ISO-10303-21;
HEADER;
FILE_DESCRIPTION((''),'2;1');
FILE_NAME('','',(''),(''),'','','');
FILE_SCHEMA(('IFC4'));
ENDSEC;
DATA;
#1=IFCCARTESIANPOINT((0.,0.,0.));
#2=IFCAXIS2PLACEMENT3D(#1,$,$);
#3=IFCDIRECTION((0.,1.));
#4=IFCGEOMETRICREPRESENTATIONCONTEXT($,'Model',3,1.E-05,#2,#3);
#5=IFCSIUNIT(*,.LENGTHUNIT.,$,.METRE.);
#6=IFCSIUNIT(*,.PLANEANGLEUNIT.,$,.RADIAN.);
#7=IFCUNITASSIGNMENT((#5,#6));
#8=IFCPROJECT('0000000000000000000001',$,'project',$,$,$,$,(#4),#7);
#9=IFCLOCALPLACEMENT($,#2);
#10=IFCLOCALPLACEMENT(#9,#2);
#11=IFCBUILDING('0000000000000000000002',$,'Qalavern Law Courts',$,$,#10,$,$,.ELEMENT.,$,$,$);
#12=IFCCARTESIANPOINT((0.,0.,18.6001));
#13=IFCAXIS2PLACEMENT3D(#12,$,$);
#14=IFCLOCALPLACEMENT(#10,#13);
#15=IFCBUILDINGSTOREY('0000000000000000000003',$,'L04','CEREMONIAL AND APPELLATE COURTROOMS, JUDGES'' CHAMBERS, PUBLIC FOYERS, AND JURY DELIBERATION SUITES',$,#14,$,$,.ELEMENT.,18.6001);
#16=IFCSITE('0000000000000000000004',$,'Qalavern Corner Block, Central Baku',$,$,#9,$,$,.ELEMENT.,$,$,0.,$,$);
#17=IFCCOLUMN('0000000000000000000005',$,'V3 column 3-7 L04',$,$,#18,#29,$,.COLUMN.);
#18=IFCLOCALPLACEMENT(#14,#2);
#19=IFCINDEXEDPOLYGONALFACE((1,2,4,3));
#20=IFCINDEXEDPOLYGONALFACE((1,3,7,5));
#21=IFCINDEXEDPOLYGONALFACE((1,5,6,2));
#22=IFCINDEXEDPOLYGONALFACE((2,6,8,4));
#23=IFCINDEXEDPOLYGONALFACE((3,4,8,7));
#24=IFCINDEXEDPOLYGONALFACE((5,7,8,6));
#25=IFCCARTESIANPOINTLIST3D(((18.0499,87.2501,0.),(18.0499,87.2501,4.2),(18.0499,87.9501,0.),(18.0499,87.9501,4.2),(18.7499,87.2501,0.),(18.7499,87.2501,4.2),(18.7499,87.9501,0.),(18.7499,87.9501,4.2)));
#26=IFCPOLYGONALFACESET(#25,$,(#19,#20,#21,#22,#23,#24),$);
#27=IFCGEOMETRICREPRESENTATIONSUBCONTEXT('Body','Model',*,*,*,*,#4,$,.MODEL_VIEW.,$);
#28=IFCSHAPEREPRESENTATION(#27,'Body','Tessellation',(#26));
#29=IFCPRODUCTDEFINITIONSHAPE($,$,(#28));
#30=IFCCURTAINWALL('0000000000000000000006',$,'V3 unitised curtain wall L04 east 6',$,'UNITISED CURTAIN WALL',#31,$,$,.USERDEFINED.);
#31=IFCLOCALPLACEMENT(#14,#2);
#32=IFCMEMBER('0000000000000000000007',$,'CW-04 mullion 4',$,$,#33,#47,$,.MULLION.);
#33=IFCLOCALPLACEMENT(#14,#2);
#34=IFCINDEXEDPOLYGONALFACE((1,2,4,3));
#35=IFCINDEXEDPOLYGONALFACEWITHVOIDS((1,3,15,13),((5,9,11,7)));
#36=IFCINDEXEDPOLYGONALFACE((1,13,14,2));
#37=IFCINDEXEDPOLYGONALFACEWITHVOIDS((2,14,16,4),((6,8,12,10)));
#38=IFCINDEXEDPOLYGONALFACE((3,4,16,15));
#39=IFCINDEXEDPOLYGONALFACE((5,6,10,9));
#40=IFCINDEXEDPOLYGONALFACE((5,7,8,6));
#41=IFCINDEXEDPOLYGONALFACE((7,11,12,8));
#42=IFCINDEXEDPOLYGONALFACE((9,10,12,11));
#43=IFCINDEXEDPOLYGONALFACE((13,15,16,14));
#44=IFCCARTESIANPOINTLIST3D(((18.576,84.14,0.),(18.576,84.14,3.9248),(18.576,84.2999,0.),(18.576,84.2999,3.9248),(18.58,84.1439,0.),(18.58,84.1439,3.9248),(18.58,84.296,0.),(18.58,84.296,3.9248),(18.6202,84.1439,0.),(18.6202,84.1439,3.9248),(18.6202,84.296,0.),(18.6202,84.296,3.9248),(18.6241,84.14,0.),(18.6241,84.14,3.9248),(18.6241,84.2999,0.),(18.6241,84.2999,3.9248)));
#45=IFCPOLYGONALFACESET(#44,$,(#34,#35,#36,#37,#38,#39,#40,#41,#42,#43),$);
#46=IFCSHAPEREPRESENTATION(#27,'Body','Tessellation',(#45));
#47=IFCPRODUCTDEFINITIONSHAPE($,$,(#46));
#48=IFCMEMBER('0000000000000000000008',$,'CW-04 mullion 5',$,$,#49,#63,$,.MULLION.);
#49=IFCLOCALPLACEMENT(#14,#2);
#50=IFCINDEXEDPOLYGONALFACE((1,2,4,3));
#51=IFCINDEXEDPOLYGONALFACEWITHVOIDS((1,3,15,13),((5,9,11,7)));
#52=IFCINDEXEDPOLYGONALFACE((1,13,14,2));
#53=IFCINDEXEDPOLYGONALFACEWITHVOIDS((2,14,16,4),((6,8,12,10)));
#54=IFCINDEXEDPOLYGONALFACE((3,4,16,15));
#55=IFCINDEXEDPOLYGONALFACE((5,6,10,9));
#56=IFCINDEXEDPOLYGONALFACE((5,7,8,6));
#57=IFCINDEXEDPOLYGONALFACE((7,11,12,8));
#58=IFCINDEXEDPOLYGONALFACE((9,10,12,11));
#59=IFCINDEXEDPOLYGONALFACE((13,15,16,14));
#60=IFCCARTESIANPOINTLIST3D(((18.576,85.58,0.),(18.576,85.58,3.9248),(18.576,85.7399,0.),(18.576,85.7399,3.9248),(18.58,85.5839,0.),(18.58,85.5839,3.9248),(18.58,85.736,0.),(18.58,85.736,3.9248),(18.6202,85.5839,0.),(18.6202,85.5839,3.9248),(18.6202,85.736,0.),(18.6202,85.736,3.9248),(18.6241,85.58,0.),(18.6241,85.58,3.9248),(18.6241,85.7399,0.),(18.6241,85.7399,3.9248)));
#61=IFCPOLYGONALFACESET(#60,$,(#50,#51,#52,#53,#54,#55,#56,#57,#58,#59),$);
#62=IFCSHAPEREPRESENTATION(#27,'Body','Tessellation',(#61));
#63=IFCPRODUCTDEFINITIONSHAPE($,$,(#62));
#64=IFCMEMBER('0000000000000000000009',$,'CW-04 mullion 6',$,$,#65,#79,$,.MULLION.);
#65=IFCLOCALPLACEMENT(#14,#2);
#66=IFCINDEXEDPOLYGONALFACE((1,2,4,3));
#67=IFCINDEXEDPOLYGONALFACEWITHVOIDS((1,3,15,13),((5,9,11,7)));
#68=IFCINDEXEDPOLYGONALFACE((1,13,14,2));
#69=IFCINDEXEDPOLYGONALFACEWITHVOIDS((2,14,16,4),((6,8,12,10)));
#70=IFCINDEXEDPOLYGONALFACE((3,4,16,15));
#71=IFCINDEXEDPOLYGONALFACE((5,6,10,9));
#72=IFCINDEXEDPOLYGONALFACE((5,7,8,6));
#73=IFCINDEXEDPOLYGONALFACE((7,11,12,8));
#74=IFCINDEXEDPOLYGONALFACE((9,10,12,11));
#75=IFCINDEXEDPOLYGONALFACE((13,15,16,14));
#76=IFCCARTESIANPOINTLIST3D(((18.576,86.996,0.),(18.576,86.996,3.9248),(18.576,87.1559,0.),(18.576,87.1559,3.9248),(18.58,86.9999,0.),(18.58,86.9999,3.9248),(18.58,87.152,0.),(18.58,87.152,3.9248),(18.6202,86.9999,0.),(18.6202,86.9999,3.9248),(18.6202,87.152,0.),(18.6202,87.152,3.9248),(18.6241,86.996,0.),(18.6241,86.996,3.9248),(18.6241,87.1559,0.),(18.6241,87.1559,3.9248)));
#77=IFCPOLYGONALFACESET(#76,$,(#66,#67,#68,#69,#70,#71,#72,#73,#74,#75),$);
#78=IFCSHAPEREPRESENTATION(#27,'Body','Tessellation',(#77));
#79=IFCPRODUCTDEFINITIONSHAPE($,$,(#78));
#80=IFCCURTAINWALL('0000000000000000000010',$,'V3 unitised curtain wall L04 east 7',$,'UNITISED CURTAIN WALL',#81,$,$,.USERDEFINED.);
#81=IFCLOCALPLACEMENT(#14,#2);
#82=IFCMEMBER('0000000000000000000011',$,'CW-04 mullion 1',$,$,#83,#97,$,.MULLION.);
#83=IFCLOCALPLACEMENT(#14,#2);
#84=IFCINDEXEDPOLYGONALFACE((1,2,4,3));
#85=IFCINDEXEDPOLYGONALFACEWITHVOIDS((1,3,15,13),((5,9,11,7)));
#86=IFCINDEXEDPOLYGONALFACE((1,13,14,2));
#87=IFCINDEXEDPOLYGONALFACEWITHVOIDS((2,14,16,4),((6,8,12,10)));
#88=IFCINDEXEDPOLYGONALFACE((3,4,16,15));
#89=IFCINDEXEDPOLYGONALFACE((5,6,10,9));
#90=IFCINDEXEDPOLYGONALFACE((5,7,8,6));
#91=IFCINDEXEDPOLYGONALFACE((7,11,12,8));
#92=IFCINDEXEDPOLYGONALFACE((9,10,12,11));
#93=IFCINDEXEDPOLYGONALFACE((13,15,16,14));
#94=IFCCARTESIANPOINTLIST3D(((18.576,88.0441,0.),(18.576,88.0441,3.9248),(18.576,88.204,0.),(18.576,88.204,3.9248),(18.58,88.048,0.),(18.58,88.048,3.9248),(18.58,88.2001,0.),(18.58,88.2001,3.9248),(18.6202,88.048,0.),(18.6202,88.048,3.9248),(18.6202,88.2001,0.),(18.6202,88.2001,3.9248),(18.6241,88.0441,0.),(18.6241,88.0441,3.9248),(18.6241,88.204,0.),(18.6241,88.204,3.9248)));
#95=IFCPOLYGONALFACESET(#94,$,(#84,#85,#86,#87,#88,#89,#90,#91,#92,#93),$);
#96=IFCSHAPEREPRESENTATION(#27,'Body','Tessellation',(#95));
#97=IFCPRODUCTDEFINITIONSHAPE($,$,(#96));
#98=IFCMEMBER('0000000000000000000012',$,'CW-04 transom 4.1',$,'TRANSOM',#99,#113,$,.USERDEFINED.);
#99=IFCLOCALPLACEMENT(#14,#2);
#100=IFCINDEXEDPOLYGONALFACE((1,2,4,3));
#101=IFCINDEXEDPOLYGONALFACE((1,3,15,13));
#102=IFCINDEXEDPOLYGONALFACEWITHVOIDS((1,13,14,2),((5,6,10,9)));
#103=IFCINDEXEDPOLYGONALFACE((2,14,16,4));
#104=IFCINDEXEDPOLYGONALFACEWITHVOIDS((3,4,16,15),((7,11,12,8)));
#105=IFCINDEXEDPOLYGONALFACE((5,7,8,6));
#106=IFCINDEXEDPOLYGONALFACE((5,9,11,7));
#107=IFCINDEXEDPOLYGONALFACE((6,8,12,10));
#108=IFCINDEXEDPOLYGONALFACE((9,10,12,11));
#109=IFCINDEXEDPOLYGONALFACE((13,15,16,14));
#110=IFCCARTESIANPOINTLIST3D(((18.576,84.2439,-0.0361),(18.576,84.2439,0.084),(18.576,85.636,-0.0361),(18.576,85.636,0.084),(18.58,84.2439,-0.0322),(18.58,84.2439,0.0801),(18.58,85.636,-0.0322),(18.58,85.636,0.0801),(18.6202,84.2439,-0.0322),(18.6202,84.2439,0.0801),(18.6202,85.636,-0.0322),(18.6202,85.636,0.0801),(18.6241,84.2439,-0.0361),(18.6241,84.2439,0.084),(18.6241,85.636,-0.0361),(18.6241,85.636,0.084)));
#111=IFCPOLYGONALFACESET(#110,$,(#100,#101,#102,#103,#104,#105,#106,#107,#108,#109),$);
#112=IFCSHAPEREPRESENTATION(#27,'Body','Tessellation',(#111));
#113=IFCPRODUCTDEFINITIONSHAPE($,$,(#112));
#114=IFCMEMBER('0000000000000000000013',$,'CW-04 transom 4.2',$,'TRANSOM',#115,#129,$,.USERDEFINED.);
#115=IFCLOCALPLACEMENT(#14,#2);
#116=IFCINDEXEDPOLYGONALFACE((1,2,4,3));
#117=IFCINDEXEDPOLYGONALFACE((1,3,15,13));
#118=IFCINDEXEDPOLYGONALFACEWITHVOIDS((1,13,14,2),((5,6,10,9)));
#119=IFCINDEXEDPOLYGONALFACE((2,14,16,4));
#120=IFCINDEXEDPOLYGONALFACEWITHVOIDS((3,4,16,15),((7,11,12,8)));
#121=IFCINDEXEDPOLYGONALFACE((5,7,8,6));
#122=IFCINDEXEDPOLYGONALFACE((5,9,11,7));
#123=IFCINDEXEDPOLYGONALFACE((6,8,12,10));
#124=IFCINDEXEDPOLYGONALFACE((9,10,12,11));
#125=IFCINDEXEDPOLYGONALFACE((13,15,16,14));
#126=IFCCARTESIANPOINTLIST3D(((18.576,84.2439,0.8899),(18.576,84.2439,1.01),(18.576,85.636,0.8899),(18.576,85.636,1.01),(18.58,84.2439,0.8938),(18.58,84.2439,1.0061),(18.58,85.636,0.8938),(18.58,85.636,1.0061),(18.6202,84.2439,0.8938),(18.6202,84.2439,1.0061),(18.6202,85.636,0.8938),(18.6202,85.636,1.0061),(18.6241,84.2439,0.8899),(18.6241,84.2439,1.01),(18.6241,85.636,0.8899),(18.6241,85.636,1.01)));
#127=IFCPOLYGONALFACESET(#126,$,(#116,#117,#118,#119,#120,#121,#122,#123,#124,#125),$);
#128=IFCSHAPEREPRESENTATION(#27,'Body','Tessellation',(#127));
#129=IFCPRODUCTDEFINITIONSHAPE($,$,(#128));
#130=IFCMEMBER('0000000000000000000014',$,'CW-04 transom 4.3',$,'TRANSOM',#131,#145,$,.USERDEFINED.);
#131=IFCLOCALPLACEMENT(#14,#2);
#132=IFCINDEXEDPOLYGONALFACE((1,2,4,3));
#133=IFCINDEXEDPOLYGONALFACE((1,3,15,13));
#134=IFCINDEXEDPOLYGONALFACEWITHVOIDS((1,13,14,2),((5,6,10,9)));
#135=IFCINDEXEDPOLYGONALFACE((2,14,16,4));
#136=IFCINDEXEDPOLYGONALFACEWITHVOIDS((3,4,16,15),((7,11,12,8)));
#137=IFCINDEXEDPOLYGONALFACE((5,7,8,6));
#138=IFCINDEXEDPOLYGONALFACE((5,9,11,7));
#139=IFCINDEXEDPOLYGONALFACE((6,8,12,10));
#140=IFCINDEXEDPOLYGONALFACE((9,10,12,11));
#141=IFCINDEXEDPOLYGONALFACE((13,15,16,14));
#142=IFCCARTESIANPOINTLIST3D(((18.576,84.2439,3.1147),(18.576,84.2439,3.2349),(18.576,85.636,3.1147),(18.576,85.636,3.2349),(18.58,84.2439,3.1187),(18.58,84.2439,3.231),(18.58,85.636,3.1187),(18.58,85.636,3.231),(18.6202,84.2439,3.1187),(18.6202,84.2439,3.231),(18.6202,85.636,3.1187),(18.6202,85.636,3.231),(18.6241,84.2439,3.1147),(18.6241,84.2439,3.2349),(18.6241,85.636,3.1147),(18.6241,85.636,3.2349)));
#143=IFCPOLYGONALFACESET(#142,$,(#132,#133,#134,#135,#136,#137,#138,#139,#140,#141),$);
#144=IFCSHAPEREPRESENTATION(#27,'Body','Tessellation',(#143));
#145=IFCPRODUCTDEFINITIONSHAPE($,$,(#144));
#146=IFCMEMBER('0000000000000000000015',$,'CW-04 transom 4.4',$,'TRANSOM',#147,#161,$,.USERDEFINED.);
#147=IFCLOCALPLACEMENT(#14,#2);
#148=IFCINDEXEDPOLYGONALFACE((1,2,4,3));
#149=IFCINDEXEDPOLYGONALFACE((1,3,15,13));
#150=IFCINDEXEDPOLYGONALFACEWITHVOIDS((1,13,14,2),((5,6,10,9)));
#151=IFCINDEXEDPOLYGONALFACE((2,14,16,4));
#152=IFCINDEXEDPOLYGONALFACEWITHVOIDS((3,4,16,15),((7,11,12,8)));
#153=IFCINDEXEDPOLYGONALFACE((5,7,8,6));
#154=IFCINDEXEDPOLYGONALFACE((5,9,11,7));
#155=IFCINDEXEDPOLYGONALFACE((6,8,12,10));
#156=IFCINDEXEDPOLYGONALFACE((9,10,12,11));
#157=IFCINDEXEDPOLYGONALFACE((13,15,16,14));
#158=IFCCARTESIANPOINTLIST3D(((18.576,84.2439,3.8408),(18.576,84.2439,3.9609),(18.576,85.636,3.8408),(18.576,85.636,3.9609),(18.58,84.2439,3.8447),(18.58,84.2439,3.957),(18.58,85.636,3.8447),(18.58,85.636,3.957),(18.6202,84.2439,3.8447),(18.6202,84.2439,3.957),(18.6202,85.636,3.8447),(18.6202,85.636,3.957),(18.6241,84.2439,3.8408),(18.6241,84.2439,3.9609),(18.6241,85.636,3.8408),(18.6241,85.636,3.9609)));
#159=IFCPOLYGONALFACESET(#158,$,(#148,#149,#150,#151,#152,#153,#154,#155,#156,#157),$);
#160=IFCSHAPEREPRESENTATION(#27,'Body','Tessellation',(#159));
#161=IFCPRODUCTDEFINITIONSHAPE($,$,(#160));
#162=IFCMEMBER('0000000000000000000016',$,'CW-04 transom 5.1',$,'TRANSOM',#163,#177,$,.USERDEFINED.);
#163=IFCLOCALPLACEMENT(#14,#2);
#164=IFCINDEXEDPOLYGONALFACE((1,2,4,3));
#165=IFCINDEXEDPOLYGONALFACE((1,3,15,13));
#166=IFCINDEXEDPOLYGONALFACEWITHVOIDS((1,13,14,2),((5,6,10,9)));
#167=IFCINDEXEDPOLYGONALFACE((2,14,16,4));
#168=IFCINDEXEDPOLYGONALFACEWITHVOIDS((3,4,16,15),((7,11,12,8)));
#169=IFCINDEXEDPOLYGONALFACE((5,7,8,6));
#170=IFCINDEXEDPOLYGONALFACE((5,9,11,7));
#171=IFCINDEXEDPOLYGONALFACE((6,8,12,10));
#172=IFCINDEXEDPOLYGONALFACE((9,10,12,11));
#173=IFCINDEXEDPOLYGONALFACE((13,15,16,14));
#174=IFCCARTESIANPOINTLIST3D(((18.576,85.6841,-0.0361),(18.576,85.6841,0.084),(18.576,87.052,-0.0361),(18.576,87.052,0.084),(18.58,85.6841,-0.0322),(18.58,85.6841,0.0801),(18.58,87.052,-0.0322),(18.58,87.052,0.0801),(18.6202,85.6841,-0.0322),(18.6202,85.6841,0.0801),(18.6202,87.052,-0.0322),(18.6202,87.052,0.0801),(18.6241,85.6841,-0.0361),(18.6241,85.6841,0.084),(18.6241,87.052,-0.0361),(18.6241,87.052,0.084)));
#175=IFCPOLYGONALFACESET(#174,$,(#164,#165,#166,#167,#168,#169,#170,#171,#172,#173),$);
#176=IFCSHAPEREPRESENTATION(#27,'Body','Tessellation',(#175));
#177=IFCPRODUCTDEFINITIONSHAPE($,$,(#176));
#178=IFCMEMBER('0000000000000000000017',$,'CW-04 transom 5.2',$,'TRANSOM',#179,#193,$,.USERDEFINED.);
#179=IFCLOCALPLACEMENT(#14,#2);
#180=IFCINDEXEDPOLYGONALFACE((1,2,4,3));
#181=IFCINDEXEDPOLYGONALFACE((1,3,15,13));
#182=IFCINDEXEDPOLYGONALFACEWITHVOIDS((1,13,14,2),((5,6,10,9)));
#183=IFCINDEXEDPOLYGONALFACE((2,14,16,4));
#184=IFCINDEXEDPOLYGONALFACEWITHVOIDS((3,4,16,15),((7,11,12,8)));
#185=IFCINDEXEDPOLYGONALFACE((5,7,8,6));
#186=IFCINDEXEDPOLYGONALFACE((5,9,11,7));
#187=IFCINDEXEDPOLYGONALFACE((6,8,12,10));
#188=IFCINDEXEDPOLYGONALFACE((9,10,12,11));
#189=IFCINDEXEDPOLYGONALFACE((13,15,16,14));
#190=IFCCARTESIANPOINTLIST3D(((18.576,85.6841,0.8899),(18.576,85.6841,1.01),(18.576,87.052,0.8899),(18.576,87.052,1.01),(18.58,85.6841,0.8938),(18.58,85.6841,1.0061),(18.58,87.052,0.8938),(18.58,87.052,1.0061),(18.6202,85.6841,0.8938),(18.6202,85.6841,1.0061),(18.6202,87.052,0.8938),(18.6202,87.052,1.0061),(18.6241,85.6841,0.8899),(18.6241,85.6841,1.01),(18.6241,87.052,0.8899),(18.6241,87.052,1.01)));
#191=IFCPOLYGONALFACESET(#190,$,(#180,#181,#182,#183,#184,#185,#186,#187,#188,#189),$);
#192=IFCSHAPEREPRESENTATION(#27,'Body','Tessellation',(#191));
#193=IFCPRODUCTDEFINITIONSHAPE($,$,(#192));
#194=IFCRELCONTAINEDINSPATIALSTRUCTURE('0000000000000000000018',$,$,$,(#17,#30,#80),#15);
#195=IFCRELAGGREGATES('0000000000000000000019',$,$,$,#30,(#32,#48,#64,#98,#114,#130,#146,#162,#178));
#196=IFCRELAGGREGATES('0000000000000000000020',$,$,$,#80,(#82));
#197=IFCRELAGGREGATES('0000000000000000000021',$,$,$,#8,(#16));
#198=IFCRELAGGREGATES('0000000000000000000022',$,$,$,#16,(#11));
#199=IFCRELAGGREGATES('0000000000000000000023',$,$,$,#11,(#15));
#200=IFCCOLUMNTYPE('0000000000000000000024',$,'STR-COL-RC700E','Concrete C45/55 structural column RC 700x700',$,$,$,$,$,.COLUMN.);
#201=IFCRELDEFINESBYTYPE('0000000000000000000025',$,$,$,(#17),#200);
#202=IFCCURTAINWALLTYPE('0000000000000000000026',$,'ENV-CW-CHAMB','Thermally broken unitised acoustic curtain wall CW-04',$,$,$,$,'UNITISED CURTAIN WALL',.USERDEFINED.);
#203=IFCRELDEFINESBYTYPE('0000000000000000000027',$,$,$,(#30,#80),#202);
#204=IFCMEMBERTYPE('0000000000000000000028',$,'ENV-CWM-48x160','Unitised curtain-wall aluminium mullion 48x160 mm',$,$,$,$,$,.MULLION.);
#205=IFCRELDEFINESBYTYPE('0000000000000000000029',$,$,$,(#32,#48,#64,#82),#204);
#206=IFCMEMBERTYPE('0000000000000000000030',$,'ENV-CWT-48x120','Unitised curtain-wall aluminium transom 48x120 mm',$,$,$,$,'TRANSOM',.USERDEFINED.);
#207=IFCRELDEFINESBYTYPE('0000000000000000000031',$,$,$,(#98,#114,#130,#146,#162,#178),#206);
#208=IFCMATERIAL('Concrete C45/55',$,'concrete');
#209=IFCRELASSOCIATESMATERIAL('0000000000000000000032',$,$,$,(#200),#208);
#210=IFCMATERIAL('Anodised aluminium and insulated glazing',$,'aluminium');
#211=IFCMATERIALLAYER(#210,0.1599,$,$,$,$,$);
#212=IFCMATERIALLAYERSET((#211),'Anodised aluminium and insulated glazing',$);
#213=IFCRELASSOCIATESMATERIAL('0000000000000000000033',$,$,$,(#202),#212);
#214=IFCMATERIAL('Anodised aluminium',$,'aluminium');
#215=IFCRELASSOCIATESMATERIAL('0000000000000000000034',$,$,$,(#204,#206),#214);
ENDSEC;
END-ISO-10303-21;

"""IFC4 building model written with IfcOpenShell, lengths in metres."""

from ifc_helpers import new_model, si_unit, direction, frame, origin, origin_2d, place, context, subcontext, project, spatial, rectangle, hollow_rectangle, extrude, material, layer, layer_set, material_profile, profile_set, type_object, element, aggregate, save


model = new_model("IFC4")

# Units and contexts
model_context = context("Model", 3, precision=1e-05, world=origin(), true_north=direction((0.0, 1.0)))
body_context = subcontext(model_context, "Body", "Model", "MODEL_VIEW")
ifc_project = project(units=[si_unit("LENGTHUNIT", "METRE"), si_unit("PLANEANGLEUNIT", "RADIAN")], contexts=[model_context])

# Site, building, storey
site_placement = place(None, origin())
site = spatial("IfcSite", under=ifc_project, at=site_placement, Name="Qalavern Corner Block, Central Baku", CompositionType="ELEMENT", RefElevation=0.0)
building_placement = place(site_placement, origin())
building = spatial("IfcBuilding", under=site, at=building_placement, Name="Qalavern Law Courts", CompositionType="ELEMENT")
storey_placement = place(building_placement, frame((0.0, 0.0, 18.6001)))
storey = spatial("IfcBuildingStorey", under=building, at=storey_placement, Name="L04", Description="CEREMONIAL AND APPELLATE COURTROOMS, JUDGES' CHAMBERS, PUBLIC FOYERS, AND JURY DELIBERATION SUITES", CompositionType="ELEMENT", Elevation=18.6001)

# Column
ifc_material_1 = material(Name="Concrete C45/55", Category="concrete")
ifc_material_profile_1 = material_profile(ifc_material_1, rectangle(XDim=0.7, YDim=0.7, at=origin_2d()), Name="RC 700x700")
ifc_profile_set_1 = profile_set([ifc_material_profile_1], Name="Concrete C45/55")
column_type = type_object("IfcColumnType", Name="STR-COL-RC700E", Description="Concrete C45/55 structural column RC 700x700", PredefinedType="COLUMN", material=ifc_profile_set_1)
column_placement = place(storey_placement, frame((18.3999, 87.6001, 0.0), z_axis=(0.0, 0.0, 1.0), x_axis=(1.0, 0.0, 0.0)))
element("IfcColumn", 1, at=column_placement, inside=storey, type_object=column_type, Name="V3 column 3-7 L04", PredefinedType="COLUMN", context=body_context, shape_type="SweptSolid", body=[
    extrude(rectangle(XDim=0.7, YDim=0.7, at=origin_2d()), origin(), (0.0, 0.0, 1.0), 4.2),
])

# Curtain wall, members
ifc_material_2 = material(Name="Anodised aluminium and insulated glazing", Category="aluminium")
ifc_layer_1 = layer(ifc_material_2, 0.1599)
ifc_layer_set_1 = layer_set([ifc_layer_1], Name="Anodised aluminium and insulated glazing")
curtain_wall_type = type_object("IfcCurtainWallType", Name="ENV-CW-CHAMB", Description="Thermally broken unitised acoustic curtain wall CW-04", ElementType="UNITISED CURTAIN WALL", PredefinedType="USERDEFINED", material=ifc_layer_set_1)
curtain_wall_1_placement = place(storey_placement, origin())
curtain_wall_1 = element("IfcCurtainWall", 2, at=curtain_wall_1_placement, inside=storey, type_object=curtain_wall_type, Name="V3 unitised curtain wall L04 east 6", ObjectType="UNITISED CURTAIN WALL", PredefinedType="USERDEFINED")
ifc_material_3 = material(Name="Anodised aluminium", Category="aluminium")
ifc_material_profile_2 = material_profile(ifc_material_3, hollow_rectangle(XDim=0.0481, YDim=0.1599, WallThickness=0.0039, at=origin_2d()), Name="ALU MULLION 48x160")
ifc_profile_set_2 = profile_set([ifc_material_profile_2], Name="Anodised aluminium")
member_type_1 = type_object("IfcMemberType", Name="ENV-CWM-48x160", Description="Unitised curtain-wall aluminium mullion 48x160 mm", PredefinedType="MULLION", material=ifc_profile_set_2)
member_1_placement = place(storey_placement, frame((18.6001, 84.22, 0.0), z_axis=(0.0, 0.0, 1.0), x_axis=(-1.0, 0.0, 0.0)))
member_1 = element("IfcMember", 3, at=member_1_placement, type_object=member_type_1, Name="CW-04 mullion 4", PredefinedType="MULLION", context=body_context, shape_type="SweptSolid", body=[
    extrude(hollow_rectangle(XDim=0.0481, YDim=0.1599, WallThickness=0.0039, at=origin_2d()), origin(), (0.0, 0.0, 1.0), 3.9248),
])
member_2_placement = place(storey_placement, frame((18.6001, 85.6599, 0.0), z_axis=(0.0, 0.0, 1.0), x_axis=(-1.0, 0.0, 0.0)))
member_2 = element("IfcMember", 4, at=member_2_placement, type_object=member_type_1, Name="CW-04 mullion 5", PredefinedType="MULLION", context=body_context, shape_type="SweptSolid", body=[
    extrude(hollow_rectangle(XDim=0.0481, YDim=0.1599, WallThickness=0.0039, at=origin_2d()), origin(), (0.0, 0.0, 1.0), 3.9248),
])
member_3_placement = place(storey_placement, frame((18.6001, 87.0759, 0.0), z_axis=(0.0, 0.0, 1.0), x_axis=(-1.0, 0.0, 0.0)))
member_3 = element("IfcMember", 5, at=member_3_placement, type_object=member_type_1, Name="CW-04 mullion 6", PredefinedType="MULLION", context=body_context, shape_type="SweptSolid", body=[
    extrude(hollow_rectangle(XDim=0.0481, YDim=0.1599, WallThickness=0.0039, at=origin_2d()), origin(), (0.0, 0.0, 1.0), 3.9248),
])

# Curtain wall, member
curtain_wall_2_placement = place(storey_placement, origin())
curtain_wall_2 = element("IfcCurtainWall", 6, at=curtain_wall_2_placement, inside=storey, type_object=curtain_wall_type, Name="V3 unitised curtain wall L04 east 7", ObjectType="UNITISED CURTAIN WALL", PredefinedType="USERDEFINED")
member_4_placement = place(storey_placement, frame((18.6001, 88.124, 0.0), z_axis=(0.0, 0.0, 1.0), x_axis=(-1.0, 0.0, 0.0)))
member_4 = element("IfcMember", 7, at=member_4_placement, type_object=member_type_1, Name="CW-04 mullion 1", PredefinedType="MULLION", context=body_context, shape_type="SweptSolid", body=[
    extrude(hollow_rectangle(XDim=0.0481, YDim=0.1599, WallThickness=0.0039, at=origin_2d()), origin(), (0.0, 0.0, 1.0), 3.9248),
])

# Members
ifc_material_profile_3 = material_profile(ifc_material_3, hollow_rectangle(XDim=0.0481, YDim=0.1201, WallThickness=0.0039, at=origin_2d()), Name="ALU TRANSOM 48x120")
ifc_profile_set_3 = profile_set([ifc_material_profile_3], Name="Anodised aluminium")
member_type_2 = type_object("IfcMemberType", Name="ENV-CWT-48x120", Description="Unitised curtain-wall aluminium transom 48x120 mm", ElementType="TRANSOM", PredefinedType="USERDEFINED", material=ifc_profile_set_3)
member_5_placement = place(storey_placement, frame((18.6001, 84.2439, 0.0239), z_axis=(0.0, 1.0, 0.0), x_axis=(-1.0, 0.0, 0.0)))
member_5 = element("IfcMember", 8, at=member_5_placement, type_object=member_type_2, Name="CW-04 transom 4.1", ObjectType="TRANSOM", PredefinedType="USERDEFINED", context=body_context, shape_type="SweptSolid", body=[
    extrude(hollow_rectangle(XDim=0.0481, YDim=0.1201, WallThickness=0.0039, at=origin_2d()), origin(), (0.0, 0.0, 1.0), 1.3921),
])
member_6_placement = place(storey_placement, frame((18.6001, 84.2439, 0.95), z_axis=(0.0, 1.0, 0.0), x_axis=(-1.0, 0.0, 0.0)))
member_6 = element("IfcMember", 9, at=member_6_placement, type_object=member_type_2, Name="CW-04 transom 4.2", ObjectType="TRANSOM", PredefinedType="USERDEFINED", context=body_context, shape_type="SweptSolid", body=[
    extrude(hollow_rectangle(XDim=0.0481, YDim=0.1201, WallThickness=0.0039, at=origin_2d()), origin(), (0.0, 0.0, 1.0), 1.3921),
])
member_7_placement = place(storey_placement, frame((18.6001, 84.2439, 3.1748), z_axis=(0.0, 1.0, 0.0), x_axis=(-1.0, 0.0, 0.0)))
member_7 = element("IfcMember", 10, at=member_7_placement, type_object=member_type_2, Name="CW-04 transom 4.3", ObjectType="TRANSOM", PredefinedType="USERDEFINED", context=body_context, shape_type="SweptSolid", body=[
    extrude(hollow_rectangle(XDim=0.0481, YDim=0.1201, WallThickness=0.0039, at=origin_2d()), origin(), (0.0, 0.0, 1.0), 1.3921),
])
member_8_placement = place(storey_placement, frame((18.6001, 84.2439, 3.9009), z_axis=(0.0, 1.0, 0.0), x_axis=(-1.0, 0.0, 0.0)))
member_8 = element("IfcMember", 11, at=member_8_placement, type_object=member_type_2, Name="CW-04 transom 4.4", ObjectType="TRANSOM", PredefinedType="USERDEFINED", context=body_context, shape_type="SweptSolid", body=[
    extrude(hollow_rectangle(XDim=0.0481, YDim=0.1201, WallThickness=0.0039, at=origin_2d()), origin(), (0.0, 0.0, 1.0), 1.3921),
])
member_9_placement = place(storey_placement, frame((18.6001, 85.6841, 0.0239), z_axis=(0.0, 1.0, 0.0), x_axis=(-1.0, 0.0, 0.0)))
member_9 = element("IfcMember", 12, at=member_9_placement, type_object=member_type_2, Name="CW-04 transom 5.1", ObjectType="TRANSOM", PredefinedType="USERDEFINED", context=body_context, shape_type="SweptSolid", body=[
    extrude(hollow_rectangle(XDim=0.0481, YDim=0.1201, WallThickness=0.0039, at=origin_2d()), origin(), (0.0, 0.0, 1.0), 1.3679),
])
member_10_placement = place(storey_placement, frame((18.6001, 85.6841, 0.95), z_axis=(0.0, 1.0, 0.0), x_axis=(-1.0, 0.0, 0.0)))
member_10 = element("IfcMember", 13, at=member_10_placement, type_object=member_type_2, Name="CW-04 transom 5.2", ObjectType="TRANSOM", PredefinedType="USERDEFINED", context=body_context, shape_type="SweptSolid", body=[
    extrude(hollow_rectangle(XDim=0.0481, YDim=0.1201, WallThickness=0.0039, at=origin_2d()), origin(), (0.0, 0.0, 1.0), 1.3679),
])

aggregate(curtain_wall_1, [member_1, member_2, member_3, member_5, member_6, member_7, member_8, member_9, member_10])
aggregate(curtain_wall_2, [member_4])

save(model, "model.ifc")
